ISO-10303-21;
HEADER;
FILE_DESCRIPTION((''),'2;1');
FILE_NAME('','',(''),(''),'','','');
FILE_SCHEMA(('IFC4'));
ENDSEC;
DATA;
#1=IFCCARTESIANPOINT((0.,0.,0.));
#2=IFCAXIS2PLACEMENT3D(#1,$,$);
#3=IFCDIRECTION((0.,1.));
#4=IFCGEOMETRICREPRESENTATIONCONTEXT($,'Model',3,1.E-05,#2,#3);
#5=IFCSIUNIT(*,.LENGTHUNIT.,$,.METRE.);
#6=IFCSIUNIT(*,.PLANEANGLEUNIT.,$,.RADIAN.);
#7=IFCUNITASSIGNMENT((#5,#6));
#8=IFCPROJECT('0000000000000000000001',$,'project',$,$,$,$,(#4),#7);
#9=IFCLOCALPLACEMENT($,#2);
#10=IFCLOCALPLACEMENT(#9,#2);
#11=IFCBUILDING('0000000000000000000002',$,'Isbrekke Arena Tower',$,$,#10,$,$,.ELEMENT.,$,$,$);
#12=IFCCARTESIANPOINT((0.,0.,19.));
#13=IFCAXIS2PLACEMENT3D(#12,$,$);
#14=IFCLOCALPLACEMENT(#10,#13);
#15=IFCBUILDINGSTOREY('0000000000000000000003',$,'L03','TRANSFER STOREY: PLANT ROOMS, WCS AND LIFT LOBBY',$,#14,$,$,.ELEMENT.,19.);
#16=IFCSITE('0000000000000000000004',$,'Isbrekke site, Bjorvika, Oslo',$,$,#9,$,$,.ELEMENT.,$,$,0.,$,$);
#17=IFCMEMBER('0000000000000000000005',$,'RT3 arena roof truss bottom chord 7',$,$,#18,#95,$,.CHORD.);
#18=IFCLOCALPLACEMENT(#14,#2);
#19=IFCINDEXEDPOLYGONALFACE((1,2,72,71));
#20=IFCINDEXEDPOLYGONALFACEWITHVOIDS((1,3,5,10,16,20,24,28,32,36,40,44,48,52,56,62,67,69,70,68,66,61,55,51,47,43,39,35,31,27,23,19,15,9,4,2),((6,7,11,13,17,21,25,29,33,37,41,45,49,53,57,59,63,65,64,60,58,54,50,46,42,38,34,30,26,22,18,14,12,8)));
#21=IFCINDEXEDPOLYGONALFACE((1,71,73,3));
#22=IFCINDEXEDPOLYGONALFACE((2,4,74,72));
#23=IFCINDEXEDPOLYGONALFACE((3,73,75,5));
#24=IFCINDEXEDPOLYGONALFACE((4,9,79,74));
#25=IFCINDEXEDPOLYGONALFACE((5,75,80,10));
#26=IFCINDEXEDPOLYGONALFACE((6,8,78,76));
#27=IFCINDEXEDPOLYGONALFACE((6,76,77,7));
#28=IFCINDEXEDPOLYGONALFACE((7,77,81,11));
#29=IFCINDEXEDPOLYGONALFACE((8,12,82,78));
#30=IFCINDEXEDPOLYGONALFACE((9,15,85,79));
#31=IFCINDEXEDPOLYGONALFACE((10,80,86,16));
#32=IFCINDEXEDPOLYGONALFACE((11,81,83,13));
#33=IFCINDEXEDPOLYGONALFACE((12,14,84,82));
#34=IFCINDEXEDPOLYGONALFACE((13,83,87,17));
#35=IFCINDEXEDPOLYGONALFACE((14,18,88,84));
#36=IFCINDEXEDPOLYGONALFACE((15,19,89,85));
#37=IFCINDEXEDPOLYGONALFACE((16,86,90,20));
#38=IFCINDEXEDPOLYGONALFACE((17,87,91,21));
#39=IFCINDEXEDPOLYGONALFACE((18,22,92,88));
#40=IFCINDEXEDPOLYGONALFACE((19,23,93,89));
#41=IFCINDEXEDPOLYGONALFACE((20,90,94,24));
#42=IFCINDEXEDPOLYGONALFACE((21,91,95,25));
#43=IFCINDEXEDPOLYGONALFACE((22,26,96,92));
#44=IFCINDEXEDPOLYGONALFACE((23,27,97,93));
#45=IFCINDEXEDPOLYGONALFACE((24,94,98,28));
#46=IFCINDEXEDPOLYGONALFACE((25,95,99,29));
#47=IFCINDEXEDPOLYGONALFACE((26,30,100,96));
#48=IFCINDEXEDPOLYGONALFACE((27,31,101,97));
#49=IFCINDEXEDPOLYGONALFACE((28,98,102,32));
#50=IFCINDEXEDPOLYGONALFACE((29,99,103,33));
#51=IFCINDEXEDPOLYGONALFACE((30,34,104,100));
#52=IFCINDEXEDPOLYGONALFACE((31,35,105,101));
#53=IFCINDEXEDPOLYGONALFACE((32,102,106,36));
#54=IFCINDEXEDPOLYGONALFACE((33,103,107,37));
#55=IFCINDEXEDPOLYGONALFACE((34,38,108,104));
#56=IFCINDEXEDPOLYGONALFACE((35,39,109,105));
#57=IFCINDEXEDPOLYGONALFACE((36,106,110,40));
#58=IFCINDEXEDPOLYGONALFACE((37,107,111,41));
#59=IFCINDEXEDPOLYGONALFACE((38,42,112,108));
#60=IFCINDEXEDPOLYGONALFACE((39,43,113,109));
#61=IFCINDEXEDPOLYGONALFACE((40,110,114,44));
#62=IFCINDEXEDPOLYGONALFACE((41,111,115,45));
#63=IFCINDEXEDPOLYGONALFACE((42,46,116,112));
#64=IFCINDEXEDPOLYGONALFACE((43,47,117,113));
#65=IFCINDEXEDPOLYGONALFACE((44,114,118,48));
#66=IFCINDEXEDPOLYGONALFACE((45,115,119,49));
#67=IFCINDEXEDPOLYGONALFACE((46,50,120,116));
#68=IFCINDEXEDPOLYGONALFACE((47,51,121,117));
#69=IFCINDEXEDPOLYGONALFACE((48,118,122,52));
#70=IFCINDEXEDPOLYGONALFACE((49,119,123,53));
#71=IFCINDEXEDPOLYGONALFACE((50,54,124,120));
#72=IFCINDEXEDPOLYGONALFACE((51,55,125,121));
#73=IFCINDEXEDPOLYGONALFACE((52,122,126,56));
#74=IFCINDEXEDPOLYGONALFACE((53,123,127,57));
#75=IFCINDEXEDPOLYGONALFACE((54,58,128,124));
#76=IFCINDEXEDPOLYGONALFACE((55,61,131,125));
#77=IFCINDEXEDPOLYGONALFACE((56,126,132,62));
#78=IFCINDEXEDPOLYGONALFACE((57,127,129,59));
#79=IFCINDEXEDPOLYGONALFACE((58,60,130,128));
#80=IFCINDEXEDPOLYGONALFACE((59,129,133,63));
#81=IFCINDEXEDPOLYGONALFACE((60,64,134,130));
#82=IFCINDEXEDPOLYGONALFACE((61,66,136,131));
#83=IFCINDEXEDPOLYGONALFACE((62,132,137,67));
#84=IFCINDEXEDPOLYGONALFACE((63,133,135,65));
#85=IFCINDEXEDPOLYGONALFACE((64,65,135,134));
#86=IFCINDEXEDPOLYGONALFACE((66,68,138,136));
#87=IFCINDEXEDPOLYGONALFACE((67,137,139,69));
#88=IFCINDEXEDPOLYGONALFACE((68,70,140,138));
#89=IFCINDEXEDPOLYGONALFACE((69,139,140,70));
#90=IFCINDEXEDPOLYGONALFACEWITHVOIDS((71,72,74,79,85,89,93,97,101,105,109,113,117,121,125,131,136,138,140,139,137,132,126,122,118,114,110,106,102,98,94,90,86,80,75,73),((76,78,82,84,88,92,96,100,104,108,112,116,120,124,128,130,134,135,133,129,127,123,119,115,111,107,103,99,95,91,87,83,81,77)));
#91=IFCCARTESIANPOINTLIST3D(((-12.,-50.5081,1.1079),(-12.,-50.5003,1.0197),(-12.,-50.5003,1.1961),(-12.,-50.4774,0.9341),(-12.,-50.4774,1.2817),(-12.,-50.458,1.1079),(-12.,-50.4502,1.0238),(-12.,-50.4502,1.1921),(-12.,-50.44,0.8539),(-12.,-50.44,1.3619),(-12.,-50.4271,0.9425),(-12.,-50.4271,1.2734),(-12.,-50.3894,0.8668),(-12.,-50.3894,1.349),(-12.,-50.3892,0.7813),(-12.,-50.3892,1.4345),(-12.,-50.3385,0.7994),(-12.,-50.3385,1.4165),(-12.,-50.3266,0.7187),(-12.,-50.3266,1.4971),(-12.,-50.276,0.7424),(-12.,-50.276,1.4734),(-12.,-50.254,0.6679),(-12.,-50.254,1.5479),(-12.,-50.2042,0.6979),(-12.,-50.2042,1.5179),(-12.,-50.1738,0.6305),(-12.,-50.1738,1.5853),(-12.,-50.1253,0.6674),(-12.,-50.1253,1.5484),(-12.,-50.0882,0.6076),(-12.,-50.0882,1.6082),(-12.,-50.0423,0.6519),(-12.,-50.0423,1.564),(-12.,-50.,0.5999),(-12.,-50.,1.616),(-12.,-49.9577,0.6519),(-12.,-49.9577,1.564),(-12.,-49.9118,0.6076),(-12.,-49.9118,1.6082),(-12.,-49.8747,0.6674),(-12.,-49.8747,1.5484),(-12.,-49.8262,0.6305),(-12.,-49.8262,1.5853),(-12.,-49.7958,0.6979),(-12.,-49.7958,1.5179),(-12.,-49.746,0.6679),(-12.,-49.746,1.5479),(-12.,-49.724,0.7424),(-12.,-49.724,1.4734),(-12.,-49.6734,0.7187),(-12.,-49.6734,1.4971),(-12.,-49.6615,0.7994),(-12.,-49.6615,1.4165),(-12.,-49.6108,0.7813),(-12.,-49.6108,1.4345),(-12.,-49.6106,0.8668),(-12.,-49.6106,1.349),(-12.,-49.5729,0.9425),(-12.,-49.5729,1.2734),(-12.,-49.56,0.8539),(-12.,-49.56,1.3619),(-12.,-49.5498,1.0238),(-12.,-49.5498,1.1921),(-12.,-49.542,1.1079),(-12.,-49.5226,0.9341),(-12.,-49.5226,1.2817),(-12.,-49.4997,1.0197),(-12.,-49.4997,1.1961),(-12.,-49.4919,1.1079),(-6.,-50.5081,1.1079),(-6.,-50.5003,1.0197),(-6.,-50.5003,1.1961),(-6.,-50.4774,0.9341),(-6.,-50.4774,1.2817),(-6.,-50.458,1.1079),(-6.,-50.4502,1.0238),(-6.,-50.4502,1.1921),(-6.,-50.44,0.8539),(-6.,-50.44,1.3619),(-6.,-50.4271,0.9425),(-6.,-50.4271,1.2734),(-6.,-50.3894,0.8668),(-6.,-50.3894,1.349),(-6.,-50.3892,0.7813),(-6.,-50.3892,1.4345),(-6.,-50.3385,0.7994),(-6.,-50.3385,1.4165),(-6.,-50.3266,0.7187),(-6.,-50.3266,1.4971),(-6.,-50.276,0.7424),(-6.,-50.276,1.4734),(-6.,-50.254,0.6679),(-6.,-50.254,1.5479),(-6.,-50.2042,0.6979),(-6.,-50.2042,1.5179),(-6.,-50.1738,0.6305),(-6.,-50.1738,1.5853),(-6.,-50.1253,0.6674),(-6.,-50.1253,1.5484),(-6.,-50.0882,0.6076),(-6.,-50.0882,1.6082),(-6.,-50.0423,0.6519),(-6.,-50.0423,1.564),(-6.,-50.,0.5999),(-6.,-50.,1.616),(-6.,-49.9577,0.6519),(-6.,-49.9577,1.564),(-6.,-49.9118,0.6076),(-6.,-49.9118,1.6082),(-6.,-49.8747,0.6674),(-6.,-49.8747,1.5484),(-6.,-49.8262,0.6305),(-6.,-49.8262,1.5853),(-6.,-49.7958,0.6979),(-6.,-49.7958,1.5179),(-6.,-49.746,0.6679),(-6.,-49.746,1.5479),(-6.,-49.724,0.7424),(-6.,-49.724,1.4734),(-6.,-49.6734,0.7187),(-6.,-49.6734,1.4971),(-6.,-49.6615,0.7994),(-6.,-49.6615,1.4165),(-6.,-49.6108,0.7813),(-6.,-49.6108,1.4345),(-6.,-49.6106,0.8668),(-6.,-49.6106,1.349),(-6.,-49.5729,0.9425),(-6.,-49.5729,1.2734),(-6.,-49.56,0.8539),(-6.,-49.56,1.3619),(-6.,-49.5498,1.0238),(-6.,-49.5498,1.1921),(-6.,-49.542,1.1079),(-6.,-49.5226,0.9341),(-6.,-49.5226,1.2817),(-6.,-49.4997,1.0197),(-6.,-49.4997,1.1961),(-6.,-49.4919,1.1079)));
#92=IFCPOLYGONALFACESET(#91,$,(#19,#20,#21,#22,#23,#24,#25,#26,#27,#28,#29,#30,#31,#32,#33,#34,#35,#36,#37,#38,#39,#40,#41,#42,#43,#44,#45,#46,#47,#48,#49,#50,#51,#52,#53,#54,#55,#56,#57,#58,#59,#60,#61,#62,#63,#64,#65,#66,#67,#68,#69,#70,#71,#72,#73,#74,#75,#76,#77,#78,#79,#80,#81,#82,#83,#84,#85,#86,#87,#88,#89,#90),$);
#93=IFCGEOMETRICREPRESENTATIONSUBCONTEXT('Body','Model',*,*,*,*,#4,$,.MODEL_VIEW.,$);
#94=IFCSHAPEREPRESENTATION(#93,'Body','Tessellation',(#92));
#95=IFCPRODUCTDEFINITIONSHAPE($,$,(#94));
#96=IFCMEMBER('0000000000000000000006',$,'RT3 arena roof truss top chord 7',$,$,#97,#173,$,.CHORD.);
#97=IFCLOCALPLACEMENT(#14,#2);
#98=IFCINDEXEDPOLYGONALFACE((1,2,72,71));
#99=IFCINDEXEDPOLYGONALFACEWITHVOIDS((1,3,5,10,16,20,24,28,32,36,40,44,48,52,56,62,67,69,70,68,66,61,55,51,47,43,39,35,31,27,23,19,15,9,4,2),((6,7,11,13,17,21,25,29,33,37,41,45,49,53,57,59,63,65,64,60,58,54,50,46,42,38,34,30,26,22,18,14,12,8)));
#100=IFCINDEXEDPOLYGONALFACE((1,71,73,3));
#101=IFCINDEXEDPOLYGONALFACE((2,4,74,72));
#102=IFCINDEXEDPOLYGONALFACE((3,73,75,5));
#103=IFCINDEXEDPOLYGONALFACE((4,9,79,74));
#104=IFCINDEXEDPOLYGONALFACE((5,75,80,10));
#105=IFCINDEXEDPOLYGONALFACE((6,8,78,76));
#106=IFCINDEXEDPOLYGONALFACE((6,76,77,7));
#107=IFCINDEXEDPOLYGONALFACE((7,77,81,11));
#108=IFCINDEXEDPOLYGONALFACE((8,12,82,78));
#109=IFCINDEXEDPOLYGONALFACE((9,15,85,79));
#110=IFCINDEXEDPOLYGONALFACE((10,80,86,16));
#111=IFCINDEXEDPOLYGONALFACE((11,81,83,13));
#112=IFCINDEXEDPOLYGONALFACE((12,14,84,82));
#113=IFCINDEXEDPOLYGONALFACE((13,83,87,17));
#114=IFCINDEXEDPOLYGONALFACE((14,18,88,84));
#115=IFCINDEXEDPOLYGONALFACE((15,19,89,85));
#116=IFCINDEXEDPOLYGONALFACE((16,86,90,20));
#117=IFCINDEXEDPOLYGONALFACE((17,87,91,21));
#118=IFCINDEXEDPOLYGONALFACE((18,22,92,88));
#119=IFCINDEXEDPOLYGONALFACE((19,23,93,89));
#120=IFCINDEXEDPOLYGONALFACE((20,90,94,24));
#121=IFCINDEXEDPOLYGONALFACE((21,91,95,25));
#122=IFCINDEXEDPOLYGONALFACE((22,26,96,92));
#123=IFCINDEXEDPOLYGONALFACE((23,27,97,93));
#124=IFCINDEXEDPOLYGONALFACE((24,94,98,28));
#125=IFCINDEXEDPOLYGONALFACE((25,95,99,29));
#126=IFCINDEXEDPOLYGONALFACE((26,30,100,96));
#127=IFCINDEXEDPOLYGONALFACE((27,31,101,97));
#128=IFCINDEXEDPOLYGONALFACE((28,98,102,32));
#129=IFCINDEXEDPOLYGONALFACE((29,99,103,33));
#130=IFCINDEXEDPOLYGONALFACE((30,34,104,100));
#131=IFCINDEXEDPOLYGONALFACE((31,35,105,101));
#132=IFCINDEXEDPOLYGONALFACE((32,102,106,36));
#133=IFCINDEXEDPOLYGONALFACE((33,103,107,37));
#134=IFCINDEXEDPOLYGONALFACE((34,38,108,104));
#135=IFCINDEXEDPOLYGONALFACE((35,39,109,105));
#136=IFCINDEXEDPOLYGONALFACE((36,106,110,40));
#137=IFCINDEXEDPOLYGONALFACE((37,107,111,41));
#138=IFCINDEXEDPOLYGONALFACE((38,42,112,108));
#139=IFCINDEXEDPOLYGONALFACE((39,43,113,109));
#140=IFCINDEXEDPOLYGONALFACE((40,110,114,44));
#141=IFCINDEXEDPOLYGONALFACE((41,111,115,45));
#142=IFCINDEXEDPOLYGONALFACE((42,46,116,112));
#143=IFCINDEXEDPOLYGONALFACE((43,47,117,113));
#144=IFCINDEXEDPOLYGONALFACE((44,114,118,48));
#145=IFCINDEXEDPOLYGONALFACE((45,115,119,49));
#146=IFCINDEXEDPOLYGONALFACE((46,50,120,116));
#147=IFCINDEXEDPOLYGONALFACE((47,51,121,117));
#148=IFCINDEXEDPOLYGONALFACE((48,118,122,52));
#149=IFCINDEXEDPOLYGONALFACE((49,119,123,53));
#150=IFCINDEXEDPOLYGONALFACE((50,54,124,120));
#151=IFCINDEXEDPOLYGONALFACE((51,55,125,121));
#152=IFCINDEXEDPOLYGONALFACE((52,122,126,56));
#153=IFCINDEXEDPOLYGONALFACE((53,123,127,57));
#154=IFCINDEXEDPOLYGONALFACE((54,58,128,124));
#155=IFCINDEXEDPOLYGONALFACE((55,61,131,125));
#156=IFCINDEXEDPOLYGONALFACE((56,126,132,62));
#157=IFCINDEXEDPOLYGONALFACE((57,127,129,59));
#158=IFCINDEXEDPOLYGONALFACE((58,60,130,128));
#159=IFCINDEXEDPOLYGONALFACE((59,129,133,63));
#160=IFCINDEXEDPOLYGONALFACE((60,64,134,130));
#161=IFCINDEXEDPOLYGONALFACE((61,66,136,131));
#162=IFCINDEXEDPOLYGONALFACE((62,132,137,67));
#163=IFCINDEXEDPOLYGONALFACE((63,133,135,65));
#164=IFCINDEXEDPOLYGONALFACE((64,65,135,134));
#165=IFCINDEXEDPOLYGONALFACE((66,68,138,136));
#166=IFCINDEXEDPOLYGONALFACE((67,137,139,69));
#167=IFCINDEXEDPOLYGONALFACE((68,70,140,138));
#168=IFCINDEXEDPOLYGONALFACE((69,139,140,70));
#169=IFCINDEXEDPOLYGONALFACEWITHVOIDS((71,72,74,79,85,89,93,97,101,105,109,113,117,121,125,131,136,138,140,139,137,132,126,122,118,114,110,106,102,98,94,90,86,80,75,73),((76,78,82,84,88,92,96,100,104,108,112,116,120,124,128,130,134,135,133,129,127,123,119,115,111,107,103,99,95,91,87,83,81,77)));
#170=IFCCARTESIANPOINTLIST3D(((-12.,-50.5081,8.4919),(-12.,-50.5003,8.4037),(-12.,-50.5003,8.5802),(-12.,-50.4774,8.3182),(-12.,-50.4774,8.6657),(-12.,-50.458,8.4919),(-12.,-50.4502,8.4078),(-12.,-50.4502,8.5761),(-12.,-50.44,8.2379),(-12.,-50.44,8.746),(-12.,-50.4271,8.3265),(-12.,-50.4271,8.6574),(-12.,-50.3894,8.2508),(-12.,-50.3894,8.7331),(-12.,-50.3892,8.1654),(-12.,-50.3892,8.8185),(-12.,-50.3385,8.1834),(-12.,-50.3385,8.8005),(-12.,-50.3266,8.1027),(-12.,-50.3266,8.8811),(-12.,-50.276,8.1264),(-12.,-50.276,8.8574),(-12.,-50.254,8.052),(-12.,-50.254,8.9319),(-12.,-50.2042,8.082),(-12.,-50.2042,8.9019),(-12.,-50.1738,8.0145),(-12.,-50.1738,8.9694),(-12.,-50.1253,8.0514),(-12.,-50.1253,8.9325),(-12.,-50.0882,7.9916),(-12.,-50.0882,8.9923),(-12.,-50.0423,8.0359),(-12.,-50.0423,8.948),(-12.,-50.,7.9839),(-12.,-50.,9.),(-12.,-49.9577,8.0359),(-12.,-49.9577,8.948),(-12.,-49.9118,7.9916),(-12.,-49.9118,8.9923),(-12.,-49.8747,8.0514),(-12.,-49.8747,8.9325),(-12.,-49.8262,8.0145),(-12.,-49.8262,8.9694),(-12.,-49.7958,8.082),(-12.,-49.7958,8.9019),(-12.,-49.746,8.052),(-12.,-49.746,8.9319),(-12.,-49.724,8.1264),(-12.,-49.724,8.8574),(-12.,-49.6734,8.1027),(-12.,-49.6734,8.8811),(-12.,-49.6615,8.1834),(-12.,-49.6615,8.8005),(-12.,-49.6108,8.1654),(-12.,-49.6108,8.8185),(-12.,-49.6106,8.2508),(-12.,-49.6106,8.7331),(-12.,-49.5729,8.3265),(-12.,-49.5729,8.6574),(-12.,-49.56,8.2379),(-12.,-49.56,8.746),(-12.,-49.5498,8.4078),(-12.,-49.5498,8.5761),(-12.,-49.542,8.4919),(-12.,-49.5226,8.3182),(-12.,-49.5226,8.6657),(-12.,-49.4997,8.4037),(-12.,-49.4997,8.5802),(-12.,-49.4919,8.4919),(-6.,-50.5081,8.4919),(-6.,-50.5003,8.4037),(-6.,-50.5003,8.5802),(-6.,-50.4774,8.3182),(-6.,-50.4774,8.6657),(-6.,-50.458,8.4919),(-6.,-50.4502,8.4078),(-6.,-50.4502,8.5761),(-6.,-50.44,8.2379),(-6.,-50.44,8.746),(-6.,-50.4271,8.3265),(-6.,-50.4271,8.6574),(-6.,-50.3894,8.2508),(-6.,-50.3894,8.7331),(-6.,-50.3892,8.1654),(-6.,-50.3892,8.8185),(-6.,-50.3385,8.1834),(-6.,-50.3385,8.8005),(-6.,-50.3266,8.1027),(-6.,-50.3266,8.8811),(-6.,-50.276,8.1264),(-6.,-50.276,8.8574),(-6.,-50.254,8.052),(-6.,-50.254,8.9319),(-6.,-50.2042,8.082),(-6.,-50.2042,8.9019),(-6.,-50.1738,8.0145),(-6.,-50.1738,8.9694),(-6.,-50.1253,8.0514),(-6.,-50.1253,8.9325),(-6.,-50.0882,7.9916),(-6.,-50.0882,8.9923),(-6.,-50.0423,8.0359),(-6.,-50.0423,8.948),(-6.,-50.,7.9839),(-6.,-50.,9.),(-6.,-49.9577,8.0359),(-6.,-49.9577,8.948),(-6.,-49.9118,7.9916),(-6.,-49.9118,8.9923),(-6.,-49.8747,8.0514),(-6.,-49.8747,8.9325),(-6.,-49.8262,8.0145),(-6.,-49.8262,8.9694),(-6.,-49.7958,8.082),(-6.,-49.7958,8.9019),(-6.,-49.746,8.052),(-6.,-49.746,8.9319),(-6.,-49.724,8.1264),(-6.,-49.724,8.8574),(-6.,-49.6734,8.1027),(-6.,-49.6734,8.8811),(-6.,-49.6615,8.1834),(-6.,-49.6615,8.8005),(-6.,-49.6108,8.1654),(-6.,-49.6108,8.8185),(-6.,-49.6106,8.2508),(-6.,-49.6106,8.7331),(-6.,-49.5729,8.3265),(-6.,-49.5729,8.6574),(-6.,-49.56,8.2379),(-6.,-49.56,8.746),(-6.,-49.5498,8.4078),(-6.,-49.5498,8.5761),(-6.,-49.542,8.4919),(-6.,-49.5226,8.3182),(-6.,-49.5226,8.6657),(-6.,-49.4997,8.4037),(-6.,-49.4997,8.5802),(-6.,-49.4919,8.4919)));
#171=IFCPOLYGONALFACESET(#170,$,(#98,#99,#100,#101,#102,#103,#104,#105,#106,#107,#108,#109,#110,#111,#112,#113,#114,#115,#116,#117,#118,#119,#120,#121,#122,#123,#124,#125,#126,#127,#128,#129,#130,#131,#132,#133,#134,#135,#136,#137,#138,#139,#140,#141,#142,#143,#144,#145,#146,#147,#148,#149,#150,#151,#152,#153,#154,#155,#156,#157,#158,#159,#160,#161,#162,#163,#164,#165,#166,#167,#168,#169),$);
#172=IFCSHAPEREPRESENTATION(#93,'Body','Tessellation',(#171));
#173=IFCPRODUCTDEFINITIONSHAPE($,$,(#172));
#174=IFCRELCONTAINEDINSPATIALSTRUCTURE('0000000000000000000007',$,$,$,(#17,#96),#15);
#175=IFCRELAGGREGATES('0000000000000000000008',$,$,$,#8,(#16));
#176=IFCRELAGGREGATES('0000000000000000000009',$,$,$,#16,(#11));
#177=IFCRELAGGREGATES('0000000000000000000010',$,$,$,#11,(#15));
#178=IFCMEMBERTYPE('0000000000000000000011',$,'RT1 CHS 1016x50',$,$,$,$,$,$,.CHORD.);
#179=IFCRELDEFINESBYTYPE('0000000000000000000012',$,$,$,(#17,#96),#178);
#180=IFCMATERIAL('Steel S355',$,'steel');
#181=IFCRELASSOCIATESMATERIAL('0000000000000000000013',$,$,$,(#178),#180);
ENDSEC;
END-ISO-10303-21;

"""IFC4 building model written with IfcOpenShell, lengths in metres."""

from ifc_helpers import new_model, si_unit, direction, frame, origin, origin_2d, place, context, subcontext, project, spatial, hollow_circle, extrude, material, material_profile, profile_set, type_object, element, save


model = new_model("IFC4")

# Units and contexts
model_context = context("Model", 3, precision=1e-05, world=origin(), true_north=direction((0.0, 1.0)))
body_context = subcontext(model_context, "Body", "Model", "MODEL_VIEW")
ifc_project = project(units=[si_unit("LENGTHUNIT", "METRE"), si_unit("PLANEANGLEUNIT", "RADIAN")], contexts=[model_context])

# Site, building, storey
site_placement = place(None, origin())
site = spatial("IfcSite", under=ifc_project, at=site_placement, Name="Isbrekke site, Bjorvika, Oslo", CompositionType="ELEMENT", RefElevation=0.0)
building_placement = place(site_placement, origin())
building = spatial("IfcBuilding", under=site, at=building_placement, Name="Isbrekke Arena Tower", CompositionType="ELEMENT")
storey_placement = place(building_placement, frame((0.0, 0.0, 19.0)))
storey = spatial("IfcBuildingStorey", under=building, at=storey_placement, Name="L03", Description="TRANSFER STOREY: PLANT ROOMS, WCS AND LIFT LOBBY", CompositionType="ELEMENT", Elevation=19.0)

# Members
ifc_material_1 = material(Name="Steel S355", Category="steel")
ifc_material_profile_1 = material_profile(ifc_material_1, hollow_circle(Radius=0.5081, WallThickness=0.05, at=origin_2d()), Name="CHS 1016x50")
ifc_profile_set_1 = profile_set([ifc_material_profile_1], Name="Steel S355")
member_type_1 = type_object("IfcMemberType", Name="RT1 CHS 1016x50", PredefinedType="CHORD", material=ifc_profile_set_1)
for number, where, z_axis, x_axis, name in (
    (1, (-12.0, -50.0, 1.1079), (1.0, 0.0, 0.0), (0.0, 1.0, 0.0), "RT3 arena roof truss bottom chord 7"),
    (2, (-12.0, -50.0, 8.4919), (1.0, 0.0, 0.0), (0.0, 1.0, 0.0), "RT3 arena roof truss top chord 7"),
):
    element("IfcMember", number, at=place(storey_placement, frame(where, z_axis=z_axis, x_axis=x_axis)), inside=storey, type_object=member_type_1, Name=name, PredefinedType="CHORD", context=body_context, shape_type="SweptSolid", body=[
        extrude(hollow_circle(Radius=0.5081, WallThickness=0.05, at=origin_2d()), origin(), (0.0, 0.0, 1.0), 6.0),
    ])

save(model, "model.ifc")
